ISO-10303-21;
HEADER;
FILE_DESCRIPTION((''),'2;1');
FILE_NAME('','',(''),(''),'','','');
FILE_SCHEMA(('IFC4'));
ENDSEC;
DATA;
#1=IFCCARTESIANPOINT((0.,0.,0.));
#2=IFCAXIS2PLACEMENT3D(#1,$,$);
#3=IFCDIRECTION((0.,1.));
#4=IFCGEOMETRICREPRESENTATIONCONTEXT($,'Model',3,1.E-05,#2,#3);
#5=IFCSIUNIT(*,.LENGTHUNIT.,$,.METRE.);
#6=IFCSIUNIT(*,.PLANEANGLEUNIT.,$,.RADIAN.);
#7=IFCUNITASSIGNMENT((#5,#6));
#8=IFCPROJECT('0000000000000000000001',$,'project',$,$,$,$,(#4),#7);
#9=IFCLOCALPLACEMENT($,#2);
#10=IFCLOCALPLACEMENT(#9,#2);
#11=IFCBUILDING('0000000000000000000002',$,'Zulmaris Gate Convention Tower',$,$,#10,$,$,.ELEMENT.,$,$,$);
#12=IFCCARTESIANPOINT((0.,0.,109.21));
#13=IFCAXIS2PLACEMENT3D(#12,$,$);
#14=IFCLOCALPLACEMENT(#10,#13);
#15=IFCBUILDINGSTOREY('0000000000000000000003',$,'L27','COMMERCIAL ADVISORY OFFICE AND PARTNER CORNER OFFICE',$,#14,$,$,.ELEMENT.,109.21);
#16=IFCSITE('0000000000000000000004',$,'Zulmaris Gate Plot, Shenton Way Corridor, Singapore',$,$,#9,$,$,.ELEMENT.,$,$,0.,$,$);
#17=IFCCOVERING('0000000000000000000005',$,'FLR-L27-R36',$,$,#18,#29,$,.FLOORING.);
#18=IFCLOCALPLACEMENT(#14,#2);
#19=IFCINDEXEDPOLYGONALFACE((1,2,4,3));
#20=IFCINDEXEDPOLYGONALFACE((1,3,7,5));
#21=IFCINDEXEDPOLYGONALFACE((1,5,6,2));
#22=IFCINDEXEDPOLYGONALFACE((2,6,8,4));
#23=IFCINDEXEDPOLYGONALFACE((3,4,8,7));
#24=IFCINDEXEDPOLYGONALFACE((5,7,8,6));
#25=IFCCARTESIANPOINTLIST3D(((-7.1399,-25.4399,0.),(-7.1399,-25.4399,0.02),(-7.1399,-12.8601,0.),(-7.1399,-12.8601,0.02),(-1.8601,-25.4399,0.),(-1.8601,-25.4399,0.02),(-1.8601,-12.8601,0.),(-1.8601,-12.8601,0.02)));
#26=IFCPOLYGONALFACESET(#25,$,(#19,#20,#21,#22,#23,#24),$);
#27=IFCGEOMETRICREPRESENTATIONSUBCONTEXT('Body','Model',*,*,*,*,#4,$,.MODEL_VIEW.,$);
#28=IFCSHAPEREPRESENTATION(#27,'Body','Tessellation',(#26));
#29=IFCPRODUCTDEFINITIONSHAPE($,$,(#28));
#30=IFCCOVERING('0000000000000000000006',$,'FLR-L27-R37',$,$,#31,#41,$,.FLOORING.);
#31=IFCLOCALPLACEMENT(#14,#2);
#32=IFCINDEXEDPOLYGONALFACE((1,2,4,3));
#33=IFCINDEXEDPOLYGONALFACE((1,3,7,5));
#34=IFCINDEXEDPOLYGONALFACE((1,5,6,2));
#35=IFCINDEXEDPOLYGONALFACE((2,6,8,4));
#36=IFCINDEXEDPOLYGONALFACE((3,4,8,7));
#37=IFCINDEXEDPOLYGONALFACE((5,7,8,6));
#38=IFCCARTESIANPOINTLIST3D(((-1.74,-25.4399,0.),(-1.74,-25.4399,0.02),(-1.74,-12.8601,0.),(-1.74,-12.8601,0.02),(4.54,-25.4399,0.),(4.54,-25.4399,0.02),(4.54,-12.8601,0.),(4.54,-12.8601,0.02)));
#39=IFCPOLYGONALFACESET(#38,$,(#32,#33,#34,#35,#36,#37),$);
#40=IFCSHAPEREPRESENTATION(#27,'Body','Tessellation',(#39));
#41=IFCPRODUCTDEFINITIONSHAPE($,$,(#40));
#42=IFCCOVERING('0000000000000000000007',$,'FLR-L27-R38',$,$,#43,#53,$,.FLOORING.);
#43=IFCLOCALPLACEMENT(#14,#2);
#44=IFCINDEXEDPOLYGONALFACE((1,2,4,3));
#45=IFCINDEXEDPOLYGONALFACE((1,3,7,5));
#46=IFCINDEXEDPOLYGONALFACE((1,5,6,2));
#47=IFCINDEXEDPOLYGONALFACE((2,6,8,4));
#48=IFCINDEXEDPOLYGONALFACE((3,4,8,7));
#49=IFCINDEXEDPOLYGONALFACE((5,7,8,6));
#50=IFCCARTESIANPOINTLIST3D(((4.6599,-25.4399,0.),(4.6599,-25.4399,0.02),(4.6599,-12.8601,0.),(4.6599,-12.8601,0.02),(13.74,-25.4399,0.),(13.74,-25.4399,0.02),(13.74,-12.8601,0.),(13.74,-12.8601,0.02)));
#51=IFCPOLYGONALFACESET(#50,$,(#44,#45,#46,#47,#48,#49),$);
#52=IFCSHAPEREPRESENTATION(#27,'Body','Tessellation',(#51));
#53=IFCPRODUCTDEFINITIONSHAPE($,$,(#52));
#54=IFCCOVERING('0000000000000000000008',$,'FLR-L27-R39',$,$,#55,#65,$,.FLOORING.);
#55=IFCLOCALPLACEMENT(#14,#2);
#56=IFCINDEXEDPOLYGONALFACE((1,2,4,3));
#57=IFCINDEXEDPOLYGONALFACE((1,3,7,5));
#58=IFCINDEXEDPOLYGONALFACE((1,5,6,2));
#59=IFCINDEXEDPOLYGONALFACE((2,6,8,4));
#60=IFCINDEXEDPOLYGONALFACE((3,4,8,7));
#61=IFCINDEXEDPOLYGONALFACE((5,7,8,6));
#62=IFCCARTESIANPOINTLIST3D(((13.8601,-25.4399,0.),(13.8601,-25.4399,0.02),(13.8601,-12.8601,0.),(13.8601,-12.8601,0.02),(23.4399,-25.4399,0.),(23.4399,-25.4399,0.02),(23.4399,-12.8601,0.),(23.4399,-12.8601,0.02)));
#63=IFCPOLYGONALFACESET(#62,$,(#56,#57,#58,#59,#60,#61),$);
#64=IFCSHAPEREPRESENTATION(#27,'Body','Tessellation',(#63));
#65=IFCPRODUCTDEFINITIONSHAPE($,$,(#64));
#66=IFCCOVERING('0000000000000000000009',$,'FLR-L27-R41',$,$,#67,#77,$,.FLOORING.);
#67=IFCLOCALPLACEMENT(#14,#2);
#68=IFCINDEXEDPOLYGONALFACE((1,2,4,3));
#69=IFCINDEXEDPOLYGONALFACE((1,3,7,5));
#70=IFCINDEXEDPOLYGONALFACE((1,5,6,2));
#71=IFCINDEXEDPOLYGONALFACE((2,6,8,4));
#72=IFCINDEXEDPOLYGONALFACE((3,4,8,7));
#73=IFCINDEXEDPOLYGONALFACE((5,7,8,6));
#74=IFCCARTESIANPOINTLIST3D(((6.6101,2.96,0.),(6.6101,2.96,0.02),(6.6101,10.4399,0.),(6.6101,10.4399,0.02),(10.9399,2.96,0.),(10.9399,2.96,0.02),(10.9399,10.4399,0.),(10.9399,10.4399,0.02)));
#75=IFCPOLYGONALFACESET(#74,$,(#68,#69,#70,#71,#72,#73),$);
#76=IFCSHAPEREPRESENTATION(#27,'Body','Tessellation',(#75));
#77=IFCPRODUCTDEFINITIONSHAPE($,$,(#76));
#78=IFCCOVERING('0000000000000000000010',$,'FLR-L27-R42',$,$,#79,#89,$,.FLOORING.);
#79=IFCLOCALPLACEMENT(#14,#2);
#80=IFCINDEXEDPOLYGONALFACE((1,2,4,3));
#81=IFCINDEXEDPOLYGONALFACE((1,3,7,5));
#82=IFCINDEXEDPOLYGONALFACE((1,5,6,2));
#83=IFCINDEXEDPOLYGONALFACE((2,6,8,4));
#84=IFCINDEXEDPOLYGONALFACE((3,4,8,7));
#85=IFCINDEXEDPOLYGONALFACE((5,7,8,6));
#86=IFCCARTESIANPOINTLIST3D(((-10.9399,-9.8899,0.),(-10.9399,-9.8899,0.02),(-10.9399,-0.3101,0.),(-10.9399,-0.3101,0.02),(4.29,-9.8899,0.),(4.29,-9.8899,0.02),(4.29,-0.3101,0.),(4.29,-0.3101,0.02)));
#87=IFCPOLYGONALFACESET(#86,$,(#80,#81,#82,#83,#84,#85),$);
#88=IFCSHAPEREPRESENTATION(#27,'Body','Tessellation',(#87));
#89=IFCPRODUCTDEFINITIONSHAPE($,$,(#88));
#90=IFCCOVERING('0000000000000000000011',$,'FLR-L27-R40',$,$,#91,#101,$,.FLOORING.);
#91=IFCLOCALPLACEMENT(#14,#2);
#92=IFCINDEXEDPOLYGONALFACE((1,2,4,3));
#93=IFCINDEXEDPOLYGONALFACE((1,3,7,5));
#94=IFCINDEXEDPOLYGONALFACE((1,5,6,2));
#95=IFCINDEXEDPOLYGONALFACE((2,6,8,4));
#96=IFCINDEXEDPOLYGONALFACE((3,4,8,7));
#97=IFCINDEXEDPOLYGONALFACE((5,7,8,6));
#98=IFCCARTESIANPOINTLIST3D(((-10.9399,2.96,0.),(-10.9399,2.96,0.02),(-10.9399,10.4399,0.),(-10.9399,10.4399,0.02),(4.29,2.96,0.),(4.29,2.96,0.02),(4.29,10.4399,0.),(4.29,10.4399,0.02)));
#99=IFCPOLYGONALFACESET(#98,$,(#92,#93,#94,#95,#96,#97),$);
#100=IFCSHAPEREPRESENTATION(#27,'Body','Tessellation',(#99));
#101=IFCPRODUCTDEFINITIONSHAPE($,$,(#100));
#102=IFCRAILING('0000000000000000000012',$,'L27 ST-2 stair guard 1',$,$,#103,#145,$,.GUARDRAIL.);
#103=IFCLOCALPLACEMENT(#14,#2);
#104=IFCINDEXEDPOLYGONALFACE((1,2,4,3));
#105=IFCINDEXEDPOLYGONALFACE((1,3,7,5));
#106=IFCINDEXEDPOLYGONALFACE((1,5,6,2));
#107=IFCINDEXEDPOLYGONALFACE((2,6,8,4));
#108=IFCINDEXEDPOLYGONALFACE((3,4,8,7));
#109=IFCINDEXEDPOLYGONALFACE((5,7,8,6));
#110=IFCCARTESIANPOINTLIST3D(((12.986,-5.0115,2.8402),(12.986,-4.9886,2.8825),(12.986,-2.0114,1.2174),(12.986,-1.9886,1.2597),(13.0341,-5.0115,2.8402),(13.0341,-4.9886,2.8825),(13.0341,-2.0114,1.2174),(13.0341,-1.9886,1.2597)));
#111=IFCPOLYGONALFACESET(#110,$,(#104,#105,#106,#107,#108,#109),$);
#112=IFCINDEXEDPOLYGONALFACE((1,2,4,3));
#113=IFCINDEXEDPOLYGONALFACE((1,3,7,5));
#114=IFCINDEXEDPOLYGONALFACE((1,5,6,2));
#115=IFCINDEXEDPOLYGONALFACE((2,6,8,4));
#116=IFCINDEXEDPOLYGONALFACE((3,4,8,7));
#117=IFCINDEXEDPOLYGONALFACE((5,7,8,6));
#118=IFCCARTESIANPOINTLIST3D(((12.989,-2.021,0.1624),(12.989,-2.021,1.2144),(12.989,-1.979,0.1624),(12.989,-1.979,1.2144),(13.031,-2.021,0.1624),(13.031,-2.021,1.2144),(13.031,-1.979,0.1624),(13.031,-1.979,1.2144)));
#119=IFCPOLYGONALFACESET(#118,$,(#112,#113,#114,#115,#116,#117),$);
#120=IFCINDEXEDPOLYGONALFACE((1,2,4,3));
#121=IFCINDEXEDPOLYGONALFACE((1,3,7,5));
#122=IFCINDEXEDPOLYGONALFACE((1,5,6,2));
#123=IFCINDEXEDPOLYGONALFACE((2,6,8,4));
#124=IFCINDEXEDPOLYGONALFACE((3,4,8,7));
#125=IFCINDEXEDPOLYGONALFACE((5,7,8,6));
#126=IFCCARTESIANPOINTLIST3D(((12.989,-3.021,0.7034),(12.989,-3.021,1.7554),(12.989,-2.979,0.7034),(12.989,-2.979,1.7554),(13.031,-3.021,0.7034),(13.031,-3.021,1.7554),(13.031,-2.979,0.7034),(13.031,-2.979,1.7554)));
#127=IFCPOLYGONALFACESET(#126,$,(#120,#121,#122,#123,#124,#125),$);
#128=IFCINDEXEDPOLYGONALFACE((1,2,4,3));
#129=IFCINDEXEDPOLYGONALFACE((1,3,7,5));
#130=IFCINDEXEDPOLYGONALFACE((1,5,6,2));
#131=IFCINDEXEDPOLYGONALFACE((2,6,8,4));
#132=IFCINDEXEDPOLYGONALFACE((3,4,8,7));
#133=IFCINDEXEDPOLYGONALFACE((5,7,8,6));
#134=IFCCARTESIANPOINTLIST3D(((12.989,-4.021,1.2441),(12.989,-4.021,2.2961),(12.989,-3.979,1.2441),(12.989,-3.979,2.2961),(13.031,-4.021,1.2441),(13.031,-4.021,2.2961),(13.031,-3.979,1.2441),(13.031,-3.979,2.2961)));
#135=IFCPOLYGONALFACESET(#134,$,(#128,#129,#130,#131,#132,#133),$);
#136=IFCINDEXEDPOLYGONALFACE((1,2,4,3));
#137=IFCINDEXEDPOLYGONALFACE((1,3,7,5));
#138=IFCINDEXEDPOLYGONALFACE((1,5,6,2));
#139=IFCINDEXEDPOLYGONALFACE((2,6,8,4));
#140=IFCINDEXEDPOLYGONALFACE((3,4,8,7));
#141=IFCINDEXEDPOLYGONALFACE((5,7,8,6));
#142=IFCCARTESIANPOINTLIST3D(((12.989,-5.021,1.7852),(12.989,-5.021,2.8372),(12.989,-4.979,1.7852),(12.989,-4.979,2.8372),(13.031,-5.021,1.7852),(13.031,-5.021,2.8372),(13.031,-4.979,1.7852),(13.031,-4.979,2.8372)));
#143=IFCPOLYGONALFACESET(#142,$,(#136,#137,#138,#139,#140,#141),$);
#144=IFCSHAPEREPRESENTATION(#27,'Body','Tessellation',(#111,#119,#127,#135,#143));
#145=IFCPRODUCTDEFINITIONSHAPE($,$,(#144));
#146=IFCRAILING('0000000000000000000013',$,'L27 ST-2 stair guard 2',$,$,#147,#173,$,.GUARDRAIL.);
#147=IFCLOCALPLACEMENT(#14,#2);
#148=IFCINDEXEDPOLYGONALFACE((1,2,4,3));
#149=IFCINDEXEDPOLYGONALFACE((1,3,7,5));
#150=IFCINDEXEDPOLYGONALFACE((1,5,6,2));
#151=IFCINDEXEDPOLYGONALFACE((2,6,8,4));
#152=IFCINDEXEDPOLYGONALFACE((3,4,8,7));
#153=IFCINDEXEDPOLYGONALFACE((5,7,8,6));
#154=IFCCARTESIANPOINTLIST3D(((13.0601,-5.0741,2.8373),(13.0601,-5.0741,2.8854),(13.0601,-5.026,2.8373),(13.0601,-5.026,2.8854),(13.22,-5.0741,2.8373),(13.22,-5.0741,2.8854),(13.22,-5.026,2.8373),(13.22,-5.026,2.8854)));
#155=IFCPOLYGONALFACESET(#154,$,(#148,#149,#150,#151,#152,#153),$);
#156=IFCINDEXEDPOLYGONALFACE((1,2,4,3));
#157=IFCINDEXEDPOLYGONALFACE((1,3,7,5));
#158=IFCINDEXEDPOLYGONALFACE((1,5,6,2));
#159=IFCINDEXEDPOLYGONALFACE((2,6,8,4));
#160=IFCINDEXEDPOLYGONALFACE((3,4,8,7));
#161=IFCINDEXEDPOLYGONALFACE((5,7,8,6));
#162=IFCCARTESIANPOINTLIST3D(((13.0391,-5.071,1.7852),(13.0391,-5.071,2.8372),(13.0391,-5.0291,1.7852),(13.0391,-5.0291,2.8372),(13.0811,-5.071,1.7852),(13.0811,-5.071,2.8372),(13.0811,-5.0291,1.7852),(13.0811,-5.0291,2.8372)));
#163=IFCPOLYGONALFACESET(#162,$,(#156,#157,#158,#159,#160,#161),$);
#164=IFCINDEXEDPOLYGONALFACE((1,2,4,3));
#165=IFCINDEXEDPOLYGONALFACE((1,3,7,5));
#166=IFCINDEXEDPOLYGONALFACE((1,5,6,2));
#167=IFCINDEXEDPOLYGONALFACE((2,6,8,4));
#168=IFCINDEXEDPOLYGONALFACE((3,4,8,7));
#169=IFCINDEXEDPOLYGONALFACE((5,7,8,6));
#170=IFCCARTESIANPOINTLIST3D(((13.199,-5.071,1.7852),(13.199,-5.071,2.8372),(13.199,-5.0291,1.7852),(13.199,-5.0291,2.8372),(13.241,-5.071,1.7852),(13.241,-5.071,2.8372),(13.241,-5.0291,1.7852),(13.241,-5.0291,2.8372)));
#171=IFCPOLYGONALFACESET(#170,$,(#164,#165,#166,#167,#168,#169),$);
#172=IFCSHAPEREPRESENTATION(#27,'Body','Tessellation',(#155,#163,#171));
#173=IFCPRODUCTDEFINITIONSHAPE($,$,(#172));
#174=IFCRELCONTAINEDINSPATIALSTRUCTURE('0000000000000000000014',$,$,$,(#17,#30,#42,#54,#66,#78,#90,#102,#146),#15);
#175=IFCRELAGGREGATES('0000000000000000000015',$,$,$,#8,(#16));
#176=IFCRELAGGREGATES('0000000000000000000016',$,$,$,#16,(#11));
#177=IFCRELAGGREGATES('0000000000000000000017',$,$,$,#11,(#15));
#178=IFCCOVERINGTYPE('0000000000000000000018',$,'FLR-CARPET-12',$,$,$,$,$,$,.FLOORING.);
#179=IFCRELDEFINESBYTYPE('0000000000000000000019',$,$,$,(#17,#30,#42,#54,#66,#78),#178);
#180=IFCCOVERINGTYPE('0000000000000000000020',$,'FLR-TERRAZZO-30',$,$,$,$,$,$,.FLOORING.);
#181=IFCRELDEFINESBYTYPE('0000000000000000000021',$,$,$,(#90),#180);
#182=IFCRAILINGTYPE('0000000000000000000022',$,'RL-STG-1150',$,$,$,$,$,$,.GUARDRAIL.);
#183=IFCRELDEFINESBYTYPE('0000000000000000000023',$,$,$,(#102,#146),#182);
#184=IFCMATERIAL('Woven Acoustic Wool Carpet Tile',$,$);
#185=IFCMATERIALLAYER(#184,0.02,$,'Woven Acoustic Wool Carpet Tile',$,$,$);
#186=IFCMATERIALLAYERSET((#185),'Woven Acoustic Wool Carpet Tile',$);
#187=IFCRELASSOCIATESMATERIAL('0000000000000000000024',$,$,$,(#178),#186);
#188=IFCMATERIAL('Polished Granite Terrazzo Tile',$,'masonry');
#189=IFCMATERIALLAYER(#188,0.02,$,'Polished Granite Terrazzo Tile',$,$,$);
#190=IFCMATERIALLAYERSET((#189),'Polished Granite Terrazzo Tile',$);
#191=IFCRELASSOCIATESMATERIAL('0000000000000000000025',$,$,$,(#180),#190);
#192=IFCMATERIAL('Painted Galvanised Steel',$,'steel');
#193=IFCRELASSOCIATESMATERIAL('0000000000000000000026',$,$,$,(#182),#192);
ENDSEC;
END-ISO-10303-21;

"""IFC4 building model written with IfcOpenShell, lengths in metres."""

from ifc_helpers import new_model, si_unit, direction, frame, origin, origin_2d, place, context, subcontext, project, spatial, polyline, rectangle, outline, extrude, material, layer, layer_set, type_object, element, save


model = new_model("IFC4")

# Units and contexts
model_context = context("Model", 3, precision=1e-05, world=origin(), true_north=direction((0.0, 1.0)))
body_context = subcontext(model_context, "Body", "Model", "MODEL_VIEW")
ifc_project = project(units=[si_unit("LENGTHUNIT", "METRE"), si_unit("PLANEANGLEUNIT", "RADIAN")], contexts=[model_context])

# Site, building, storey
site_placement = place(None, origin())
site = spatial("IfcSite", under=ifc_project, at=site_placement, Name="Zulmaris Gate Plot, Shenton Way Corridor, Singapore", CompositionType="ELEMENT", RefElevation=0.0)
building_placement = place(site_placement, origin())
building = spatial("IfcBuilding", under=site, at=building_placement, Name="Zulmaris Gate Convention Tower", CompositionType="ELEMENT")
storey_placement = place(building_placement, frame((0.0, 0.0, 109.21)))
storey = spatial("IfcBuildingStorey", under=building, at=storey_placement, Name="L27", Description="COMMERCIAL ADVISORY OFFICE AND PARTNER CORNER OFFICE", CompositionType="ELEMENT", Elevation=109.21)

# Coverings
ifc_material_1 = material(Name="Woven Acoustic Wool Carpet Tile")
ifc_layer_1 = layer(ifc_material_1, 0.02, Name="Woven Acoustic Wool Carpet Tile")
ifc_layer_set_1 = layer_set([ifc_layer_1], Name="Woven Acoustic Wool Carpet Tile")
covering_type_1 = type_object("IfcCoveringType", Name="FLR-CARPET-12", PredefinedType="FLOORING", material=ifc_layer_set_1)
covering_1_placement = place(storey_placement, origin())
element("IfcCovering", 1, at=covering_1_placement, inside=storey, type_object=covering_type_1, Name="FLR-L27-R36", PredefinedType="FLOORING", context=body_context, shape_type="SweptSolid", body=[
    extrude(outline(polyline([(-7.1399, -25.4399), (-1.8601, -25.4399), (-1.8601, -12.8601), (-7.1399, -12.8601), (-7.1399, -25.4399)])), origin(), (0.0, 0.0, 1.0), 0.02),
])
covering_2_placement = place(storey_placement, origin())
element("IfcCovering", 2, at=covering_2_placement, inside=storey, type_object=covering_type_1, Name="FLR-L27-R37", PredefinedType="FLOORING", context=body_context, shape_type="SweptSolid", body=[
    extrude(outline(polyline([(-1.74, -25.4399), (4.54, -25.4399), (4.54, -12.8601), (-1.74, -12.8601), (-1.74, -25.4399)])), origin(), (0.0, 0.0, 1.0), 0.02),
])
covering_3_placement = place(storey_placement, origin())
element("IfcCovering", 3, at=covering_3_placement, inside=storey, type_object=covering_type_1, Name="FLR-L27-R38", PredefinedType="FLOORING", context=body_context, shape_type="SweptSolid", body=[
    extrude(outline(polyline([(4.6599, -25.4399), (13.74, -25.4399), (13.74, -12.8601), (4.6599, -12.8601), (4.6599, -25.4399)])), origin(), (0.0, 0.0, 1.0), 0.02),
])
covering_4_placement = place(storey_placement, origin())
element("IfcCovering", 4, at=covering_4_placement, inside=storey, type_object=covering_type_1, Name="FLR-L27-R39", PredefinedType="FLOORING", context=body_context, shape_type="SweptSolid", body=[
    extrude(outline(polyline([(13.8601, -25.4399), (23.4399, -25.4399), (23.4399, -12.8601), (13.8601, -12.8601), (13.8601, -25.4399)])), origin(), (0.0, 0.0, 1.0), 0.02),
])
covering_5_placement = place(storey_placement, origin())
element("IfcCovering", 5, at=covering_5_placement, inside=storey, type_object=covering_type_1, Name="FLR-L27-R41", PredefinedType="FLOORING", context=body_context, shape_type="SweptSolid", body=[
    extrude(outline(polyline([(6.6101, 2.96), (10.9399, 2.96), (10.9399, 10.4399), (6.6101, 10.4399), (6.6101, 2.96)])), origin(), (0.0, 0.0, 1.0), 0.02),
])
covering_6_placement = place(storey_placement, origin())
element("IfcCovering", 6, at=covering_6_placement, inside=storey, type_object=covering_type_1, Name="FLR-L27-R42", PredefinedType="FLOORING", context=body_context, shape_type="SweptSolid", body=[
    extrude(outline(polyline([(-10.9399, -9.8899), (4.29, -9.8899), (4.29, -0.3101), (-10.9399, -0.3101), (-10.9399, -9.8899)])), origin(), (0.0, 0.0, 1.0), 0.02),
])
ifc_material_2 = material(Name="Polished Granite Terrazzo Tile", Category="masonry")
ifc_layer_2 = layer(ifc_material_2, 0.02, Name="Polished Granite Terrazzo Tile")
ifc_layer_set_2 = layer_set([ifc_layer_2], Name="Polished Granite Terrazzo Tile")
covering_type_2 = type_object("IfcCoveringType", Name="FLR-TERRAZZO-30", PredefinedType="FLOORING", material=ifc_layer_set_2)
covering_7_placement = place(storey_placement, origin())
element("IfcCovering", 7, at=covering_7_placement, inside=storey, type_object=covering_type_2, Name="FLR-L27-R40", PredefinedType="FLOORING", context=body_context, shape_type="SweptSolid", body=[
    extrude(outline(polyline([(-10.9399, 2.96), (4.29, 2.96), (4.29, 10.4399), (-10.9399, 10.4399), (-10.9399, 2.96)])), origin(), (0.0, 0.0, 1.0), 0.02),
])

# Railings
ifc_material_3 = material(Name="Painted Galvanised Steel", Category="steel")
railing_type_1 = type_object("IfcRailingType", Name="RL-STG-1150", PredefinedType="GUARDRAIL", material=ifc_material_3)
railing_1_placement = place(storey_placement, frame((13.01, -2.0, 0.1624)))
element("IfcRailing", 8, at=railing_1_placement, inside=storey, type_object=railing_type_1, Name="L27 ST-2 stair guard 1", PredefinedType="GUARDRAIL", context=body_context, shape_type="SweptSolid", body=[
    extrude(rectangle(XDim=0.0481, YDim=0.0481, at=origin_2d()), frame((0.0, 0.0, 1.0762), z_axis=(0.0, -0.879562, 0.475785), x_axis=(1.0, 0.0, 0.0)), (0.0, 0.0, 1.0), 3.4109),
    extrude(rectangle(XDim=0.042, YDim=0.042, at=origin_2d()), origin(), (0.0, 0.0, 1.0), 1.052),
    extrude(rectangle(XDim=0.042, YDim=0.042, at=origin_2d()), frame((0.0, -1.0, 0.541)), (0.0, 0.0, 1.0), 1.052),
    extrude(rectangle(XDim=0.042, YDim=0.042, at=origin_2d()), frame((0.0, -2.0, 1.0818)), (0.0, 0.0, 1.0), 1.052),
    extrude(rectangle(XDim=0.042, YDim=0.042, at=origin_2d()), frame((0.0, -3.0, 1.6228)), (0.0, 0.0, 1.0), 1.052),
])
railing_2_placement = place(storey_placement, frame((13.0601, -5.05, 1.7852)))
element("IfcRailing", 9, at=railing_2_placement, inside=storey, type_object=railing_type_1, Name="L27 ST-2 stair guard 2", PredefinedType="GUARDRAIL", context=body_context, shape_type="SweptSolid", body=[
    extrude(rectangle(XDim=0.0481, YDim=0.0481, at=origin_2d()), frame((0.0, 0.0, 1.0762), z_axis=(1.0, 0.0, 0.0), x_axis=(0.0, 1.0, 0.0)), (0.0, 0.0, 1.0), 0.1599),
    extrude(rectangle(XDim=0.042, YDim=0.042, at=origin_2d()), origin(), (0.0, 0.0, 1.0), 1.052),
    extrude(rectangle(XDim=0.042, YDim=0.042, at=origin_2d()), frame((0.1599, 0.0, 0.0)), (0.0, 0.0, 1.0), 1.052),
])

save(model, "model.ifc")
